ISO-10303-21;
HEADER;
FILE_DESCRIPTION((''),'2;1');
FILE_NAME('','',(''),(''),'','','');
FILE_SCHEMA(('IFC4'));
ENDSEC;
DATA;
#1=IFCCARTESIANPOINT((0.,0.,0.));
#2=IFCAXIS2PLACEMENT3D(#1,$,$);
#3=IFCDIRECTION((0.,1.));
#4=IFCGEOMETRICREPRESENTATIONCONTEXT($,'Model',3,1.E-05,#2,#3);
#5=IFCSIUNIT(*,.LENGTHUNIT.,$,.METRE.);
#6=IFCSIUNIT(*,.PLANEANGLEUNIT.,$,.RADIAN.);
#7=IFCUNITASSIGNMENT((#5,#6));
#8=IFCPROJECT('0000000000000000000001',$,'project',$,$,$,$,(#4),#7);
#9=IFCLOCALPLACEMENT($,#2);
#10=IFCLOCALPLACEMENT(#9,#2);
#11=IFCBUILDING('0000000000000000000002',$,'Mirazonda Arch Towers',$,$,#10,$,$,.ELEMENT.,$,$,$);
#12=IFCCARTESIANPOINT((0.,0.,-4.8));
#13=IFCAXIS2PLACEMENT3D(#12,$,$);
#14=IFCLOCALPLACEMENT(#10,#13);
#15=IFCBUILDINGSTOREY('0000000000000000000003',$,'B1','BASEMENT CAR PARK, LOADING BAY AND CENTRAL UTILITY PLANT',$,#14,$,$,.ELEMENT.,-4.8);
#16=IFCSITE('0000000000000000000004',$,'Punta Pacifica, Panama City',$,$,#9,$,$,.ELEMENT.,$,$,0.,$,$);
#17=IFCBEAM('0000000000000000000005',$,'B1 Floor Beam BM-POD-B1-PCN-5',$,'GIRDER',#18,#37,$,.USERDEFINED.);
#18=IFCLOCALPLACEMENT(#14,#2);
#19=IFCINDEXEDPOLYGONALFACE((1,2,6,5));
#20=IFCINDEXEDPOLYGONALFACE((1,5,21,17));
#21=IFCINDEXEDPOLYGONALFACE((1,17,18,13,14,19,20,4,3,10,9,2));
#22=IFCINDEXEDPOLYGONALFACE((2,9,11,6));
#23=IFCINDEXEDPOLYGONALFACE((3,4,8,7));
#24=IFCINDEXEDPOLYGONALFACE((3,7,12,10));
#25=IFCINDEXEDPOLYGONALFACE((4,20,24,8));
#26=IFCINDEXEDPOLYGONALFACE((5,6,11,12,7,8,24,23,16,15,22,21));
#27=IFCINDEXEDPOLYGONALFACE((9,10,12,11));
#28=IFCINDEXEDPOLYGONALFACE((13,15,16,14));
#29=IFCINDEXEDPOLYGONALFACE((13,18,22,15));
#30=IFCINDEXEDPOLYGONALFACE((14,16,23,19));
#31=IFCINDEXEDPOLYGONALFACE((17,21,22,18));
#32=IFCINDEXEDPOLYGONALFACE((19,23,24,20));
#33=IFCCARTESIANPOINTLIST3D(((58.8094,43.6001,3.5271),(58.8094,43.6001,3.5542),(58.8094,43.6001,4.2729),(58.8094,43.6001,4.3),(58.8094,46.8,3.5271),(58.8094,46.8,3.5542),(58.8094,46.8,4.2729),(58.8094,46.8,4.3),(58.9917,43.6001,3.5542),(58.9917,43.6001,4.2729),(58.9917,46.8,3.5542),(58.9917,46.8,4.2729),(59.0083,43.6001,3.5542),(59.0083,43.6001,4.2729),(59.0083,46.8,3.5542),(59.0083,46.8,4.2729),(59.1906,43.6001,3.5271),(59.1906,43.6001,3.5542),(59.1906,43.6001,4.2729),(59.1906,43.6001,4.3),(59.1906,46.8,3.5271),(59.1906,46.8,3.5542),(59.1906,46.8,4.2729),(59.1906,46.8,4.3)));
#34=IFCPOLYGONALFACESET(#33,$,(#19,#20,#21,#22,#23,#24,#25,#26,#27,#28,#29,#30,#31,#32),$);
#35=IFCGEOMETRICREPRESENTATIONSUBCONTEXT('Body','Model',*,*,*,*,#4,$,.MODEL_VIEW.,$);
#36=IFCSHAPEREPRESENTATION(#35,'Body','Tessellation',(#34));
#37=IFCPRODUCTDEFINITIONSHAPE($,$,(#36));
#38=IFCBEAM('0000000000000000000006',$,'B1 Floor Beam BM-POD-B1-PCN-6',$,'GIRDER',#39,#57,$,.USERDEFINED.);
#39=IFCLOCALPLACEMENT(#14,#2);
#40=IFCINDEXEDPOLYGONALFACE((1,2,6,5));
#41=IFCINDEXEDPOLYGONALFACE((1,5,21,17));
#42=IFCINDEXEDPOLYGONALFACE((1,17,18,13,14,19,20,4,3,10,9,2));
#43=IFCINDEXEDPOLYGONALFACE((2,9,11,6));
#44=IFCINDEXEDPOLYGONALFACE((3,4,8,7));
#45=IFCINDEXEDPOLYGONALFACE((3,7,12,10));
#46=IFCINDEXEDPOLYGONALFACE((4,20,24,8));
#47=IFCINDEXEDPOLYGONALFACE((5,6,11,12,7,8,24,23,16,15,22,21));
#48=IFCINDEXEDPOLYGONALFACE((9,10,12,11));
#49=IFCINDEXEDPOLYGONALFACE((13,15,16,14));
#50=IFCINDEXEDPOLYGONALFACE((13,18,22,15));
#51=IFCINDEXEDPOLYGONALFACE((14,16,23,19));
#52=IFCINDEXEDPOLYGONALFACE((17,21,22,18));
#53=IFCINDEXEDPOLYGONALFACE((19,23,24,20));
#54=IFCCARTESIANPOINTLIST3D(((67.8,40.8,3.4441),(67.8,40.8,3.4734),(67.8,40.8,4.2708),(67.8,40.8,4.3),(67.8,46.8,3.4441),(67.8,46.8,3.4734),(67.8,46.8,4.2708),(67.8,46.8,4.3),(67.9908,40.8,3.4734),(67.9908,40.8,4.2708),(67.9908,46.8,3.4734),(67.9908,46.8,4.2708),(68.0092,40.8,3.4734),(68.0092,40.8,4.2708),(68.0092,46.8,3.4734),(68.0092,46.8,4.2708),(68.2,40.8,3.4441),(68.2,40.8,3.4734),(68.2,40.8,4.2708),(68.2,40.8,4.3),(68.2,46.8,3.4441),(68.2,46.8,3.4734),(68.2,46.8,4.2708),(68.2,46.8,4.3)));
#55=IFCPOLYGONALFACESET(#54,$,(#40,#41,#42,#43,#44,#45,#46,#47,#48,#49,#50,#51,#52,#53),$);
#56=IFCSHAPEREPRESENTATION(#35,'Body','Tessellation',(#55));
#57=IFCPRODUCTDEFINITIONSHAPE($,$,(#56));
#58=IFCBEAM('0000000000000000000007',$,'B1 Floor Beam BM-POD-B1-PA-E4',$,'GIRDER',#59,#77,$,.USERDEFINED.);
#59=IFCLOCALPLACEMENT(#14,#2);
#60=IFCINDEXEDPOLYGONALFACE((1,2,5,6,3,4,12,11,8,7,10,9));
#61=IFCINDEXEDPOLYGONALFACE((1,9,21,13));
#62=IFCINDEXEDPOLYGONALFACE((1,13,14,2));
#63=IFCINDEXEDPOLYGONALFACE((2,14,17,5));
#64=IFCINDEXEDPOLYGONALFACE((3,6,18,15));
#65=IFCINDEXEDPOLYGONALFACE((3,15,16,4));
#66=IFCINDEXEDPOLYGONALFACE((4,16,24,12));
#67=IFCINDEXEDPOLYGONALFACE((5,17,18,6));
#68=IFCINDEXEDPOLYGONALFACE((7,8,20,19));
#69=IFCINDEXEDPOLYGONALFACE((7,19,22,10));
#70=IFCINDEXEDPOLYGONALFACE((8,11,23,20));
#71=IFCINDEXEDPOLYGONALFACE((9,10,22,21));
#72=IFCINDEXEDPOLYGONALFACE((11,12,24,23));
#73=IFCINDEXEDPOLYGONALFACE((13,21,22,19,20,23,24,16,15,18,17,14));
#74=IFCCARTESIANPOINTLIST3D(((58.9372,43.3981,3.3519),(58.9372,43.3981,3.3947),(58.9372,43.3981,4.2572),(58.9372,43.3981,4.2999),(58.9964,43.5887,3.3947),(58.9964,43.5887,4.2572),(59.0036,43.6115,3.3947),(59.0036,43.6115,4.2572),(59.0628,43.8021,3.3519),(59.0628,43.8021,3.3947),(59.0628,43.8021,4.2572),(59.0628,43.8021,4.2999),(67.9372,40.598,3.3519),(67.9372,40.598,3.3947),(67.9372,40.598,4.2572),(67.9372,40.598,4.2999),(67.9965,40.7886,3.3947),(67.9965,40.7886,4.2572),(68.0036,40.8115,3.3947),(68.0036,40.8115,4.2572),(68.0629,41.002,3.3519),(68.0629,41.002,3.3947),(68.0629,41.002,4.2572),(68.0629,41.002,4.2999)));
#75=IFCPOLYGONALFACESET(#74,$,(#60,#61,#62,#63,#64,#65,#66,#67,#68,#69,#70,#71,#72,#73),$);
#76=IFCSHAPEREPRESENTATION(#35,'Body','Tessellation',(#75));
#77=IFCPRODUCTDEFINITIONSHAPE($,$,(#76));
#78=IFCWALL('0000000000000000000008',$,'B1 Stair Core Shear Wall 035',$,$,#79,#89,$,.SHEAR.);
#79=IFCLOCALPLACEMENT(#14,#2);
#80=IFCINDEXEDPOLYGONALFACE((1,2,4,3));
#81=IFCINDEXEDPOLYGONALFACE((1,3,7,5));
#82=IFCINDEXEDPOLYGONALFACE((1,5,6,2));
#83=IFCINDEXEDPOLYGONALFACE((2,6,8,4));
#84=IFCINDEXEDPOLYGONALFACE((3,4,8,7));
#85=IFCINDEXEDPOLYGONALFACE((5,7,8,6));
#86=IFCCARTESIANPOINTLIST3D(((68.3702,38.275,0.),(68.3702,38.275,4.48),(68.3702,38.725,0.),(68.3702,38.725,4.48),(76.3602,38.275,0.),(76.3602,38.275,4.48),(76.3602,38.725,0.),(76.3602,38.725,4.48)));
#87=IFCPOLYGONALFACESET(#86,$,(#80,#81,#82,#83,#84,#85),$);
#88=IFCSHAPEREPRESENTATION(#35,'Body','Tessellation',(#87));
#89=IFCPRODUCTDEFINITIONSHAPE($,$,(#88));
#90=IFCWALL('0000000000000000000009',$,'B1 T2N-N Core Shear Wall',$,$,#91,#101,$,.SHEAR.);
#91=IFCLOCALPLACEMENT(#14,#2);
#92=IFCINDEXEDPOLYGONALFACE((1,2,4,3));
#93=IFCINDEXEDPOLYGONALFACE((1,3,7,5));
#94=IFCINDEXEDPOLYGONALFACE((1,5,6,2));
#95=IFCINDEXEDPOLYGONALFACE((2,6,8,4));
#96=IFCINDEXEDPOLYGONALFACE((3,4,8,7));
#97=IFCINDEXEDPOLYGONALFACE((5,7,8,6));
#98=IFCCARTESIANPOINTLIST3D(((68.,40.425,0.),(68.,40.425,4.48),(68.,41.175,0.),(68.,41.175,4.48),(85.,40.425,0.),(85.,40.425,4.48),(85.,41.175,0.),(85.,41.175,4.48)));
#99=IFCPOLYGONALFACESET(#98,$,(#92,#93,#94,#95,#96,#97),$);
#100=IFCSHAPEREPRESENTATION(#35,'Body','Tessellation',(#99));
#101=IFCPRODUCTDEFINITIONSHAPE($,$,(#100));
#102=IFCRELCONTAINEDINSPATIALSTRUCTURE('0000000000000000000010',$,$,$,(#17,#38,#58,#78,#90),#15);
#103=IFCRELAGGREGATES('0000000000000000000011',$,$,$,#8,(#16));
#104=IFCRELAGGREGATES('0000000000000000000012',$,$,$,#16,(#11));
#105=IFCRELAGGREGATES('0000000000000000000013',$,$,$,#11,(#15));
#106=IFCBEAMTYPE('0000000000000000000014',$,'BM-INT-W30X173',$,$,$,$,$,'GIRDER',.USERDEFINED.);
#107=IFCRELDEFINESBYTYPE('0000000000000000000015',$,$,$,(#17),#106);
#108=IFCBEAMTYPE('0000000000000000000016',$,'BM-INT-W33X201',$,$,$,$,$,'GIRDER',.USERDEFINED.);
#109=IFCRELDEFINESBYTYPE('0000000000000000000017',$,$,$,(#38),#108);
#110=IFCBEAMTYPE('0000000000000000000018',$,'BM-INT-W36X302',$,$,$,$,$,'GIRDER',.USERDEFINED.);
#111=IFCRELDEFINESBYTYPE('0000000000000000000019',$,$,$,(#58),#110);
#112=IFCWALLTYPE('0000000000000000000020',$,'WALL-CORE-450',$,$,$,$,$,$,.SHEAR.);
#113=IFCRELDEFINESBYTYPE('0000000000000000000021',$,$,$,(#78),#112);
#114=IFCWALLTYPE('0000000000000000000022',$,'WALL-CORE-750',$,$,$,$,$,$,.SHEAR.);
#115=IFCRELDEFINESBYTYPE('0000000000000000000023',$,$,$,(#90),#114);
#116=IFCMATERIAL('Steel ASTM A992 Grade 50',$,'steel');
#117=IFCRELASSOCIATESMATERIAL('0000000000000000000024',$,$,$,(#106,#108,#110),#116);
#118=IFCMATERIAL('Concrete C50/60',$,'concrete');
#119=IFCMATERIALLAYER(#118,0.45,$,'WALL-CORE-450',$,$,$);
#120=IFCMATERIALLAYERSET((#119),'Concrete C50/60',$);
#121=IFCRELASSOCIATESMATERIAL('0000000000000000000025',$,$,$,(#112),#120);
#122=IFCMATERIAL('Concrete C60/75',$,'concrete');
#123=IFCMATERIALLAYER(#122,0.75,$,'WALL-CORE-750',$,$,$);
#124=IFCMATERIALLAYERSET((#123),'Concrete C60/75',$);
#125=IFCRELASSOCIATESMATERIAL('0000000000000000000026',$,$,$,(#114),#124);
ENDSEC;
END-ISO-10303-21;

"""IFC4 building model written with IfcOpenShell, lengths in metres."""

from ifc_helpers import new_model, si_unit, direction, frame, frame_2d, origin, origin_2d, place, context, subcontext, project, spatial, rectangle, i_section, extrude, material, layer, layer_set, material_profile, profile_set, type_object, element, save


model = new_model("IFC4")

# Units and contexts
model_context = context("Model", 3, precision=1e-05, world=origin(), true_north=direction((0.0, 1.0)))
body_context = subcontext(model_context, "Body", "Model", "MODEL_VIEW")
ifc_project = project(units=[si_unit("LENGTHUNIT", "METRE"), si_unit("PLANEANGLEUNIT", "RADIAN")], contexts=[model_context])

# Site, building, storey
site_placement = place(None, origin())
site = spatial("IfcSite", under=ifc_project, at=site_placement, Name="Punta Pacifica, Panama City", CompositionType="ELEMENT", RefElevation=0.0)
building_placement = place(site_placement, origin())
building = spatial("IfcBuilding", under=site, at=building_placement, Name="Mirazonda Arch Towers", CompositionType="ELEMENT")
storey_placement = place(building_placement, frame((0.0, 0.0, -4.8)))
storey = spatial("IfcBuildingStorey", under=building, at=storey_placement, Name="B1", Description="BASEMENT CAR PARK, LOADING BAY AND CENTRAL UTILITY PLANT", CompositionType="ELEMENT", Elevation=-4.8)

# Shared definitions
ifc_material_1 = material(Name="Concrete C50/60", Category="concrete")

# Shared definitions
ifc_material_2 = material(Name="Concrete C60/75", Category="concrete")

# Beams
ifc_material_3 = material(Name="Steel ASTM A992 Grade 50", Category="steel")
ifc_material_profile_1 = material_profile(ifc_material_3, i_section(OverallWidth=0.3811, OverallDepth=0.7729, WebThickness=0.0166, FlangeThickness=0.0271, at=origin_2d()), Name="W30X173")
ifc_profile_set_1 = profile_set([ifc_material_profile_1], Name="Steel ASTM A992 Grade 50")
beam_type_1 = type_object("IfcBeamType", Name="BM-INT-W30X173", ElementType="GIRDER", PredefinedType="USERDEFINED", material=ifc_profile_set_1)
beam_1_placement = place(storey_placement, frame((59.0, 43.6001, 3.9136), z_axis=(0.0, 1.0, 0.0), x_axis=(-1.0, 0.0, 0.0)))
element("IfcBeam", 1, at=beam_1_placement, inside=storey, type_object=beam_type_1, Name="B1 Floor Beam BM-POD-B1-PCN-5", ObjectType="GIRDER", PredefinedType="USERDEFINED", context=body_context, shape_type="SweptSolid", body=[
    extrude(i_section(OverallWidth=0.3811, OverallDepth=0.7729, WebThickness=0.0166, FlangeThickness=0.0271, at=origin_2d()), origin(), (0.0, 0.0, 1.0), 3.2),
])
ifc_material_profile_2 = material_profile(ifc_material_3, i_section(OverallWidth=0.3999, OverallDepth=0.856, WebThickness=0.0183, FlangeThickness=0.0293, at=origin_2d()), Name="W33X201")
ifc_profile_set_2 = profile_set([ifc_material_profile_2], Name="Steel ASTM A992 Grade 50")
beam_type_2 = type_object("IfcBeamType", Name="BM-INT-W33X201", ElementType="GIRDER", PredefinedType="USERDEFINED", material=ifc_profile_set_2)
beam_2_placement = place(storey_placement, frame((68.0, 40.8, 3.8721), z_axis=(0.0, 1.0, 0.0), x_axis=(-1.0, 0.0, 0.0)))
element("IfcBeam", 2, at=beam_2_placement, inside=storey, type_object=beam_type_2, Name="B1 Floor Beam BM-POD-B1-PCN-6", ObjectType="GIRDER", PredefinedType="USERDEFINED", context=body_context, shape_type="SweptSolid", body=[
    extrude(i_section(OverallWidth=0.3999, OverallDepth=0.856, WebThickness=0.0183, FlangeThickness=0.0293, at=origin_2d()), origin(), (0.0, 0.0, 1.0), 6.0),
])
ifc_material_profile_3 = material_profile(ifc_material_3, i_section(OverallWidth=0.4231, OverallDepth=0.948, WebThickness=0.0239, FlangeThickness=0.0427, at=origin_2d()), Name="W36X302")
ifc_profile_set_3 = profile_set([ifc_material_profile_3], Name="Steel ASTM A992 Grade 50")
beam_type_3 = type_object("IfcBeamType", Name="BM-INT-W36X302", ElementType="GIRDER", PredefinedType="USERDEFINED", material=ifc_profile_set_3)
beam_3_placement = place(storey_placement, frame((59.0, 43.6001, 3.8259), z_axis=(0.954855, -0.297071, 0.0), x_axis=(0.297071, 0.954855, 0.0)))
element("IfcBeam", 3, at=beam_3_placement, inside=storey, type_object=beam_type_3, Name="B1 Floor Beam BM-POD-B1-PA-E4", ObjectType="GIRDER", PredefinedType="USERDEFINED", context=body_context, shape_type="SweptSolid", body=[
    extrude(i_section(OverallWidth=0.4231, OverallDepth=0.948, WebThickness=0.0239, FlangeThickness=0.0427, at=origin_2d()), origin(), (0.0, 0.0, 1.0), 9.4255),
])

# Walls
ifc_layer_1 = layer(ifc_material_1, 0.45, Name="WALL-CORE-450")
ifc_layer_set_1 = layer_set([ifc_layer_1], Name="Concrete C50/60")
wall_type_1 = type_object("IfcWallType", Name="WALL-CORE-450", PredefinedType="SHEAR", material=ifc_layer_set_1)
wall_1_placement = place(storey_placement, frame((68.3701, 38.5, 0.0), z_axis=(0.0, 0.0, 1.0), x_axis=(1.0, 0.0, 0.0)))
element("IfcWall", 4, at=wall_1_placement, inside=storey, type_object=wall_type_1, Name="B1 Stair Core Shear Wall 035", PredefinedType="SHEAR", context=body_context, shape_type="SweptSolid", body=[
    extrude(rectangle(XDim=7.99, YDim=0.45, at=frame_2d((3.9951, 0.0))), origin(), (0.0, 0.0, 1.0), 4.48),
])
ifc_layer_2 = layer(ifc_material_2, 0.75, Name="WALL-CORE-750")
ifc_layer_set_2 = layer_set([ifc_layer_2], Name="Concrete C60/75")
wall_type_2 = type_object("IfcWallType", Name="WALL-CORE-750", PredefinedType="SHEAR", material=ifc_layer_set_2)
wall_2_placement = place(storey_placement, frame((68.0, 40.8, 0.0), z_axis=(0.0, 0.0, 1.0), x_axis=(1.0, 0.0, 0.0)))
element("IfcWall", 5, at=wall_2_placement, inside=storey, type_object=wall_type_2, Name="B1 T2N-N Core Shear Wall", PredefinedType="SHEAR", context=body_context, shape_type="SweptSolid", body=[
    extrude(rectangle(XDim=17.0, YDim=0.75, at=frame_2d((8.5, 0.0))), origin(), (0.0, 0.0, 1.0), 4.48),
])

save(model, "model.ifc")
